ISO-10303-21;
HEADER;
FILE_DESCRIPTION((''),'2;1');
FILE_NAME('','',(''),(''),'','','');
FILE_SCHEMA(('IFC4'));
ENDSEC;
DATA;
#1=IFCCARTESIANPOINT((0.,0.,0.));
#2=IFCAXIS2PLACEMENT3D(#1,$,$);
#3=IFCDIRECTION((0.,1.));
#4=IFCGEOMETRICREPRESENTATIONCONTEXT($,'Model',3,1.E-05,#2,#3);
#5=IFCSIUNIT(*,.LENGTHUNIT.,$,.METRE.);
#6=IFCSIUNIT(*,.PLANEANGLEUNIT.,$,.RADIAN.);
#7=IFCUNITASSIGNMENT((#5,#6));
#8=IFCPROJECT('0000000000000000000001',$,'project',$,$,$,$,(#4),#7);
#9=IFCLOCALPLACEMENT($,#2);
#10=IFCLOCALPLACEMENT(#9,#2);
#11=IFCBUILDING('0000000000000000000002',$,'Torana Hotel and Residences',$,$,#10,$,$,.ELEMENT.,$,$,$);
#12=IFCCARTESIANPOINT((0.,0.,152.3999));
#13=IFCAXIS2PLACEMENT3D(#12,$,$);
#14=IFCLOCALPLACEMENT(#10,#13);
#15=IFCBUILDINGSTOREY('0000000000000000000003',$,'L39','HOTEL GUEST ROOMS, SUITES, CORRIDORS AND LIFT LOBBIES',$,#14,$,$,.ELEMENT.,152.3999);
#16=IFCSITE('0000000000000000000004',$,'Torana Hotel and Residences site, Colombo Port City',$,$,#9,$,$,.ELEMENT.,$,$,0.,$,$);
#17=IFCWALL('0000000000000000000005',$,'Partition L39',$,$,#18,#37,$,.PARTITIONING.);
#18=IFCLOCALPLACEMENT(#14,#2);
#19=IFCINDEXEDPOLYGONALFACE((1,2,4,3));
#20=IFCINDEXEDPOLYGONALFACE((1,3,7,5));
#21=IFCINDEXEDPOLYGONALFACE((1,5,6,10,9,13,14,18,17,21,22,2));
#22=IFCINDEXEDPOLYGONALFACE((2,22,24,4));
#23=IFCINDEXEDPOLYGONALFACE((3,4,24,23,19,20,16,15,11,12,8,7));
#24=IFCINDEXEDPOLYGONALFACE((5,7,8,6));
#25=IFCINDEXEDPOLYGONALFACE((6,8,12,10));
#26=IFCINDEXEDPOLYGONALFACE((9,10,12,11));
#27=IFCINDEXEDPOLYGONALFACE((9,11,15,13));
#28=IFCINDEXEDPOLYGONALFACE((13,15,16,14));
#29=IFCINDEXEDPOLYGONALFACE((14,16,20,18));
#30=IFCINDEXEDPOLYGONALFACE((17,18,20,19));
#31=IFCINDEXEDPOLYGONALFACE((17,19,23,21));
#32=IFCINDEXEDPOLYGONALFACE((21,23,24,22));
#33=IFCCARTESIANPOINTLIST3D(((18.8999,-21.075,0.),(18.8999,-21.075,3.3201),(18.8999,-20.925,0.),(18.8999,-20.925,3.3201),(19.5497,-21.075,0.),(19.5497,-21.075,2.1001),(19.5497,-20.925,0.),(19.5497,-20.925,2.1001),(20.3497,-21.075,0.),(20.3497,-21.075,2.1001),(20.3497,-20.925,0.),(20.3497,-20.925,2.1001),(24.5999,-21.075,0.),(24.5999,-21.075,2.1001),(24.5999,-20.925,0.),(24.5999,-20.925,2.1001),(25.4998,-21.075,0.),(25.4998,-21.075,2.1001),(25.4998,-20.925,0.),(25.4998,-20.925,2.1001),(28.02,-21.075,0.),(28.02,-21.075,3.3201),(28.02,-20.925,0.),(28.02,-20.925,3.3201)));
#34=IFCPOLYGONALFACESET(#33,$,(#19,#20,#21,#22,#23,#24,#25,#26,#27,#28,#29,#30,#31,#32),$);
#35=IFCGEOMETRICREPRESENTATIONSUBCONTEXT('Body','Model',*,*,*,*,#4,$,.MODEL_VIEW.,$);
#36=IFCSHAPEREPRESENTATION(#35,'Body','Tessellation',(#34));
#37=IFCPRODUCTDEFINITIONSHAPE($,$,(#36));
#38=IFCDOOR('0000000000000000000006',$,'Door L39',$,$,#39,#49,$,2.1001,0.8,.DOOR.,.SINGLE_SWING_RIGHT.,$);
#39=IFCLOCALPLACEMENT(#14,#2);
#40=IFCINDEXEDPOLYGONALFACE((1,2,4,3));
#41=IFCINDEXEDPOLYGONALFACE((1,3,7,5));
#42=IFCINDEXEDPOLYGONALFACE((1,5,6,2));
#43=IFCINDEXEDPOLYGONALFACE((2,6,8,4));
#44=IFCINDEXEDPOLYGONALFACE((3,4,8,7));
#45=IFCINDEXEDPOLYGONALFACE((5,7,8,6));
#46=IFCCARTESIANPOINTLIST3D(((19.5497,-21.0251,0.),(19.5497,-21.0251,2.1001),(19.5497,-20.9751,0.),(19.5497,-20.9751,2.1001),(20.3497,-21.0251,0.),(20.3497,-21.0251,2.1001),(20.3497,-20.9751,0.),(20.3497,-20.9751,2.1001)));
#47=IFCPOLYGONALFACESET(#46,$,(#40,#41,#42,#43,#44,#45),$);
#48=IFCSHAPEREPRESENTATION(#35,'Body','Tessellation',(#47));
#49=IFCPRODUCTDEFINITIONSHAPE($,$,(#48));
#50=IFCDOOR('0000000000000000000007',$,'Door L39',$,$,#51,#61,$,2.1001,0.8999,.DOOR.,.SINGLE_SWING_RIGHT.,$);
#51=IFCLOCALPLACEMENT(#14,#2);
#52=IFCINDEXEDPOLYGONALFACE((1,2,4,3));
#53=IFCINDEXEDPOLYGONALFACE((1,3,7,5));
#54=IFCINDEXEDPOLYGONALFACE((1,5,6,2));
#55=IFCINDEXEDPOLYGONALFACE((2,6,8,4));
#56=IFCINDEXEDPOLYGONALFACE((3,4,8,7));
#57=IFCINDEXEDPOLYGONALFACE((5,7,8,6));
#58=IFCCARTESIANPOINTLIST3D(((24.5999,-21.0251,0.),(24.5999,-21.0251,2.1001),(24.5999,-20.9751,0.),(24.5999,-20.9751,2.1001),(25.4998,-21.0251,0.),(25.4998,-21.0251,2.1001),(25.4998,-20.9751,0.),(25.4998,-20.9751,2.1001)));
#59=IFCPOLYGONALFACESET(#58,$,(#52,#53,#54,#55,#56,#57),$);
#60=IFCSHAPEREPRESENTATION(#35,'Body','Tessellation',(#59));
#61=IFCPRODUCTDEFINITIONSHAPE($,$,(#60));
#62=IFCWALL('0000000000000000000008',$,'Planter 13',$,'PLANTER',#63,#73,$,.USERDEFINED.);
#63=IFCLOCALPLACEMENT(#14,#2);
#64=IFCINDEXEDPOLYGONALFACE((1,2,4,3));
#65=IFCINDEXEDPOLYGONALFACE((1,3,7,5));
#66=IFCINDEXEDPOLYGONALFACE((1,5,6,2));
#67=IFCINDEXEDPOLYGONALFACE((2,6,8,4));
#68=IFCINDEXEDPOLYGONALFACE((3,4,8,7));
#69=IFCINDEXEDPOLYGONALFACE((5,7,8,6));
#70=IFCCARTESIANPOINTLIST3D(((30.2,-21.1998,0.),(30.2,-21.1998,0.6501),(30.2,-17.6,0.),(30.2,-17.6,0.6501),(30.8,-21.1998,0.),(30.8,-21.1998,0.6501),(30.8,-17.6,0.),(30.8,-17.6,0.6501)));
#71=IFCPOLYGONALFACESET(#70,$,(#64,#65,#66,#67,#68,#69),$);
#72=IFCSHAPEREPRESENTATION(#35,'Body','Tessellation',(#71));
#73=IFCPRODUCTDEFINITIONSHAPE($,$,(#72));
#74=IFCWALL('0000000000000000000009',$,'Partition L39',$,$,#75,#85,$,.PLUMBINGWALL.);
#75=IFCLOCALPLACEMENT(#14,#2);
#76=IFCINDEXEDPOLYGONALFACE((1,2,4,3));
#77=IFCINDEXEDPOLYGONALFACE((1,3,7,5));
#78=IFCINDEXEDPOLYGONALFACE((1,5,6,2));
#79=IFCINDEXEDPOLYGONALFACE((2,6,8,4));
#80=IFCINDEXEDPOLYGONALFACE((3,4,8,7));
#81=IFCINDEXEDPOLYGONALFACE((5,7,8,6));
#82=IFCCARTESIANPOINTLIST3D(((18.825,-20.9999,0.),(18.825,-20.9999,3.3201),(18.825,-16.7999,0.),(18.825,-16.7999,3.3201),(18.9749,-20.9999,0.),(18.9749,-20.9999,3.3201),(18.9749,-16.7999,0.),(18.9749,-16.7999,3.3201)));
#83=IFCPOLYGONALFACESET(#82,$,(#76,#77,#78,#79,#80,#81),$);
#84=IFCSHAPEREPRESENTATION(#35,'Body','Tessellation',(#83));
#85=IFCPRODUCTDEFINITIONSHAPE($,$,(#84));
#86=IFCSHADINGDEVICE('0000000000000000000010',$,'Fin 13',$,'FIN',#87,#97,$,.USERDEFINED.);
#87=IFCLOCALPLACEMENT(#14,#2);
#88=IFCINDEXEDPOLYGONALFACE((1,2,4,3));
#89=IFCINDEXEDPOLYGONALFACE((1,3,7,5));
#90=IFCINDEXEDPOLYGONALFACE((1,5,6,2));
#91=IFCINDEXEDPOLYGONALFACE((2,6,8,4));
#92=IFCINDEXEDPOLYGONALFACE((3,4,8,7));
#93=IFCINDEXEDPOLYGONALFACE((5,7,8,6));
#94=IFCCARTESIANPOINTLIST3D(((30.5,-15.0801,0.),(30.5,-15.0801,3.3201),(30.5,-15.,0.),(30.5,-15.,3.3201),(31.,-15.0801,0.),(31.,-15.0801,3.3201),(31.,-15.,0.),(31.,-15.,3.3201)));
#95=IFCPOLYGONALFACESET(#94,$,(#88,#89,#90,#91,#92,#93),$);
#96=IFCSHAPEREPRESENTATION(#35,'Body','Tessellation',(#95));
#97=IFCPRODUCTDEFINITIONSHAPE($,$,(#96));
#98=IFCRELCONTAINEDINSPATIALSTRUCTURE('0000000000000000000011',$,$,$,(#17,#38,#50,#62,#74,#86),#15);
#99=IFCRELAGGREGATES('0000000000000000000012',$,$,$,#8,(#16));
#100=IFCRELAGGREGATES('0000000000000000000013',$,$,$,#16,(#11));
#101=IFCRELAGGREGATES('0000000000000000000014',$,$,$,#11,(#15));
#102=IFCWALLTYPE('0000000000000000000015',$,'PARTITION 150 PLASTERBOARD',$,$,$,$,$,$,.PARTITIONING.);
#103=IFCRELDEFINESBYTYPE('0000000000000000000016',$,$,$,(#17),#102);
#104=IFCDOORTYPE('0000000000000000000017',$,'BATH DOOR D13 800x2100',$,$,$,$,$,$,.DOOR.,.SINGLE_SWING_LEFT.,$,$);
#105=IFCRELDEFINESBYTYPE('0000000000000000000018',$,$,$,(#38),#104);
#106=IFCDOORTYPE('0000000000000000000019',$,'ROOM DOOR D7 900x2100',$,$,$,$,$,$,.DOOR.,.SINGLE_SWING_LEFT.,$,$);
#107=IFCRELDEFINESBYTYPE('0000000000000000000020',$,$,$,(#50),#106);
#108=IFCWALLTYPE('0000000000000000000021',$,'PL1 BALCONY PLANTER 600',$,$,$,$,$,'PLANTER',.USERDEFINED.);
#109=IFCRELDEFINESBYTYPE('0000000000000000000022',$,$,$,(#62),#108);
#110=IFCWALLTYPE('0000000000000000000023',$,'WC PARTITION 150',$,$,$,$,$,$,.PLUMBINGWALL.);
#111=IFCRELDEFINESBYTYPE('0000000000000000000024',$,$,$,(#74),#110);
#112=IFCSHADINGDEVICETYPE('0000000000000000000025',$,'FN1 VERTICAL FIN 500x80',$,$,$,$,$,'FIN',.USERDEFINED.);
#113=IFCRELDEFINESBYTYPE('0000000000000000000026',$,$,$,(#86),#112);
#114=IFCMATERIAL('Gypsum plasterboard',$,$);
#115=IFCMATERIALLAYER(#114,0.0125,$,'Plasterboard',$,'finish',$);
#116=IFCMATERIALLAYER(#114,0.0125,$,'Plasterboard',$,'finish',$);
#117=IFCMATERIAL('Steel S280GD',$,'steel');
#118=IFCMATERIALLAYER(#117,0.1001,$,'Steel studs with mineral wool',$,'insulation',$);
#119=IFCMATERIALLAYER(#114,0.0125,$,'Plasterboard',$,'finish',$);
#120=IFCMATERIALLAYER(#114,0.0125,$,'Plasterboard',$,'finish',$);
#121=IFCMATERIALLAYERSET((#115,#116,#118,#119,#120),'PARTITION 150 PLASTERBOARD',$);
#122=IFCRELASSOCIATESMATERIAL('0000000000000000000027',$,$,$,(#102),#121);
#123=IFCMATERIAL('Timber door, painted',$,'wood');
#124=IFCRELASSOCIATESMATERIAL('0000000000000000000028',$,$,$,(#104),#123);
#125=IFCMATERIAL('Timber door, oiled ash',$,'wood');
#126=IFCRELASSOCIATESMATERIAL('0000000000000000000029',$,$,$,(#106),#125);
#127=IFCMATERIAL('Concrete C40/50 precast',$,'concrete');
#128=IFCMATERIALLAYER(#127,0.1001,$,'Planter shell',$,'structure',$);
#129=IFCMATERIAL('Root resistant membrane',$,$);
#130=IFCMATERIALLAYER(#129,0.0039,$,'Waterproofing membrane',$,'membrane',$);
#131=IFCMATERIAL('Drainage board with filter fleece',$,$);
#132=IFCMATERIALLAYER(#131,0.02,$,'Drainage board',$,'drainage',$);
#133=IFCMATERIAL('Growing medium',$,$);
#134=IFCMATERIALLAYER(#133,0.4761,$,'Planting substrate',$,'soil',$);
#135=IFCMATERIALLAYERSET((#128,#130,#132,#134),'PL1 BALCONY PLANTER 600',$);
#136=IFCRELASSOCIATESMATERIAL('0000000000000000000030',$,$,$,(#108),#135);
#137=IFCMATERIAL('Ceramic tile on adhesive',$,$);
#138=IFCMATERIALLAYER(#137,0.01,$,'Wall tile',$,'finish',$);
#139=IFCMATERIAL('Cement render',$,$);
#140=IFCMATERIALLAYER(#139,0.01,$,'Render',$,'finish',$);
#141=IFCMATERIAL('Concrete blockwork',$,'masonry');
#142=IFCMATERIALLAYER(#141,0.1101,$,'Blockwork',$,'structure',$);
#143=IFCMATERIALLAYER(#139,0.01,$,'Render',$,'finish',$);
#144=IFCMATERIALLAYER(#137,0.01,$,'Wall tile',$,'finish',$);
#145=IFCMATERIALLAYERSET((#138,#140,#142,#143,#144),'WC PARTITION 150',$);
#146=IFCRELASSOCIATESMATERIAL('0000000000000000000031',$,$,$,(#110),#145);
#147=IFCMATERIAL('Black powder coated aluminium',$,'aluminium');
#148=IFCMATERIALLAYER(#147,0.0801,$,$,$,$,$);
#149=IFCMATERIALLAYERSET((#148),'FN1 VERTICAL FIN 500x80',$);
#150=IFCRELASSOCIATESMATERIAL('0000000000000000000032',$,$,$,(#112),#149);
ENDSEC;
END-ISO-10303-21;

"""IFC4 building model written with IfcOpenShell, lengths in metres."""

from ifc_helpers import new_model, si_unit, direction, frame, frame_2d, origin, origin_2d, place, context, subcontext, project, spatial, rectangle, extrude, material, layer, layer_set, type_object, element, fill, save


model = new_model("IFC4")

# Units and contexts
model_context = context("Model", 3, precision=1e-05, world=origin(), true_north=direction((0.0, 1.0)))
body_context = subcontext(model_context, "Body", "Model", "MODEL_VIEW")
ifc_project = project(units=[si_unit("LENGTHUNIT", "METRE"), si_unit("PLANEANGLEUNIT", "RADIAN")], contexts=[model_context])

# Site, building, storey
site_placement = place(None, origin())
site = spatial("IfcSite", under=ifc_project, at=site_placement, Name="Torana Hotel and Residences site, Colombo Port City", CompositionType="ELEMENT", RefElevation=0.0)
building_placement = place(site_placement, origin())
building = spatial("IfcBuilding", under=site, at=building_placement, Name="Torana Hotel and Residences", CompositionType="ELEMENT")
storey_placement = place(building_placement, frame((0.0, 0.0, 152.3999)))
storey = spatial("IfcBuildingStorey", under=building, at=storey_placement, Name="L39", Description="HOTEL GUEST ROOMS, SUITES, CORRIDORS AND LIFT LOBBIES", CompositionType="ELEMENT", Elevation=152.3999)

# Shared definitions
ifc_material_1 = material(Name="Concrete blockwork", Category="masonry")

# Shared definitions
ifc_material_2 = material(Name="Gypsum plasterboard")
ifc_layer_1 = layer(ifc_material_2, 0.0125, Name="Plasterboard", Category="finish")
ifc_layer_2 = layer(ifc_material_2, 0.0125, Name="Plasterboard", Category="finish")
ifc_material_3 = material(Name="Steel S280GD", Category="steel")
ifc_layer_3 = layer(ifc_material_3, 0.1001, Name="Steel studs with mineral wool", Category="insulation")
ifc_layer_4 = layer(ifc_material_2, 0.0125, Name="Plasterboard", Category="finish")
ifc_layer_5 = layer(ifc_material_2, 0.0125, Name="Plasterboard", Category="finish")
ifc_layer_set_1 = layer_set([ifc_layer_1, ifc_layer_2, ifc_layer_3, ifc_layer_4, ifc_layer_5], Name="PARTITION 150 PLASTERBOARD")
wall_type_1 = type_object("IfcWallType", Name="PARTITION 150 PLASTERBOARD", PredefinedType="PARTITIONING", material=ifc_layer_set_1)

# Wall, openings, doors
wall_1_placement = place(storey_placement, frame((18.8999, -21.0, 0.0), z_axis=(0.0, 0.0, 1.0), x_axis=(1.0, 0.0, 0.0)))
wall_1 = element("IfcWall", 1, at=wall_1_placement, inside=storey, type_object=wall_type_1, Name="Partition L39", PredefinedType="PARTITIONING", context=body_context, shape_type="SweptSolid", body=[
    extrude(rectangle(XDim=9.1201, YDim=0.1499, at=frame_2d((4.5601, 0.0))), origin(), (0.0, 0.0, 1.0), 3.3201),
])
opening_1_placement = place(wall_1_placement, frame((0.6499, 0.0, 0.0)))
opening_1 = element("IfcOpeningElement", 2, at=opening_1_placement, cuts=wall_1, PredefinedType="OPENING", context=body_context, shape_type="SweptSolid", body=[
    extrude(rectangle(XDim=0.8, YDim=2.1001, at=frame_2d((0.3999, 1.05))), frame((0.0, 0.085, 0.0), z_axis=(0.0, -1.0, 0.0), x_axis=(1.0, 0.0, 0.0)), (0.0, 0.0, 1.0), 0.1699),
])
opening_2_placement = place(wall_1_placement, frame((5.7, 0.0, 0.0)))
opening_2 = element("IfcOpeningElement", 3, at=opening_2_placement, cuts=wall_1, PredefinedType="OPENING", context=body_context, shape_type="SweptSolid", body=[
    extrude(rectangle(XDim=0.8999, YDim=2.1001, at=frame_2d((0.45, 1.05))), frame((0.0, 0.085, 0.0), z_axis=(0.0, -1.0, 0.0), x_axis=(1.0, 0.0, 0.0)), (0.0, 0.0, 1.0), 0.1699),
])
ifc_material_4 = material(Name="Timber door, painted", Category="wood")
door_type_1 = type_object("IfcDoorType", Name="BATH DOOR D13 800x2100", OperationType="SINGLE_SWING_LEFT", PredefinedType="DOOR", material=ifc_material_4)
door_1_placement = place(opening_1_placement, origin())
door_1 = element("IfcDoor", 4, at=door_1_placement, inside=storey, type_object=door_type_1, Name="Door L39", OperationType="SINGLE_SWING_RIGHT", OverallHeight=2.1001, OverallWidth=0.8, PredefinedType="DOOR", context=body_context, shape_type="SweptSolid", body=[
    extrude(rectangle(XDim=0.8, YDim=2.1001, at=frame_2d((0.3999, 1.05))), frame((0.0, 0.0249, 0.0), z_axis=(0.0, -1.0, 0.0), x_axis=(1.0, 0.0, 0.0)), (0.0, 0.0, 1.0), 0.05),
])
fill(opening_1, door_1)
ifc_material_5 = material(Name="Timber door, oiled ash", Category="wood")
door_type_2 = type_object("IfcDoorType", Name="ROOM DOOR D7 900x2100", OperationType="SINGLE_SWING_LEFT", PredefinedType="DOOR", material=ifc_material_5)
door_2_placement = place(opening_2_placement, origin())
door_2 = element("IfcDoor", 5, at=door_2_placement, inside=storey, type_object=door_type_2, Name="Door L39", OperationType="SINGLE_SWING_RIGHT", OverallHeight=2.1001, OverallWidth=0.8999, PredefinedType="DOOR", context=body_context, shape_type="SweptSolid", body=[
    extrude(rectangle(XDim=0.8999, YDim=2.1001, at=frame_2d((0.45, 1.05))), frame((0.0, 0.0249, 0.0), z_axis=(0.0, -1.0, 0.0), x_axis=(1.0, 0.0, 0.0)), (0.0, 0.0, 1.0), 0.05),
])
fill(opening_2, door_2)

# Walls
ifc_material_6 = material(Name="Concrete C40/50 precast", Category="concrete")
ifc_layer_6 = layer(ifc_material_6, 0.1001, Name="Planter shell", Category="structure")
ifc_material_7 = material(Name="Root resistant membrane")
ifc_layer_7 = layer(ifc_material_7, 0.0039, Name="Waterproofing membrane", Category="membrane")
ifc_material_8 = material(Name="Drainage board with filter fleece")
ifc_layer_8 = layer(ifc_material_8, 0.02, Name="Drainage board", Category="drainage")
ifc_material_9 = material(Name="Growing medium")
ifc_layer_9 = layer(ifc_material_9, 0.4761, Name="Planting substrate", Category="soil")
ifc_layer_set_2 = layer_set([ifc_layer_6, ifc_layer_7, ifc_layer_8, ifc_layer_9], Name="PL1 BALCONY PLANTER 600")
wall_type_2 = type_object("IfcWallType", Name="PL1 BALCONY PLANTER 600", ElementType="PLANTER", PredefinedType="USERDEFINED", material=ifc_layer_set_2)
wall_2_placement = place(storey_placement, frame((30.5, -17.6001, 0.0), z_axis=(0.0, 0.0, 1.0), x_axis=(0.0, -1.0, 0.0)))
element("IfcWall", 6, at=wall_2_placement, inside=storey, type_object=wall_type_2, Name="Planter 13", ObjectType="PLANTER", PredefinedType="USERDEFINED", context=body_context, shape_type="SweptSolid", body=[
    extrude(rectangle(XDim=3.5999, YDim=0.6001, at=frame_2d((1.7998, 0.0))), origin(), (0.0, 0.0, 1.0), 0.6501),
])
ifc_material_10 = material(Name="Ceramic tile on adhesive")
ifc_layer_10 = layer(ifc_material_10, 0.01, Name="Wall tile", Category="finish")
ifc_material_11 = material(Name="Cement render")
ifc_layer_11 = layer(ifc_material_11, 0.01, Name="Render", Category="finish")
ifc_layer_12 = layer(ifc_material_1, 0.1101, Name="Blockwork", Category="structure")
ifc_layer_13 = layer(ifc_material_11, 0.01, Name="Render", Category="finish")
ifc_layer_14 = layer(ifc_material_10, 0.01, Name="Wall tile", Category="finish")
ifc_layer_set_3 = layer_set([ifc_layer_10, ifc_layer_11, ifc_layer_12, ifc_layer_13, ifc_layer_14], Name="WC PARTITION 150")
wall_type_3 = type_object("IfcWallType", Name="WC PARTITION 150", PredefinedType="PLUMBINGWALL", material=ifc_layer_set_3)
wall_3_placement = place(storey_placement, frame((18.8999, -21.0, 0.0), z_axis=(0.0, 0.0, 1.0), x_axis=(0.0, 1.0, 0.0)))
element("IfcWall", 7, at=wall_3_placement, inside=storey, type_object=wall_type_3, Name="Partition L39", PredefinedType="PLUMBINGWALL", context=body_context, shape_type="SweptSolid", body=[
    extrude(rectangle(XDim=4.2, YDim=0.1499, at=frame_2d((2.1001, 0.0))), origin(), (0.0, 0.0, 1.0), 3.3201),
])

# Shading device
ifc_material_12 = material(Name="Black powder coated aluminium", Category="aluminium")
ifc_layer_15 = layer(ifc_material_12, 0.0801)
ifc_layer_set_4 = layer_set([ifc_layer_15], Name="FN1 VERTICAL FIN 500x80")
shading_device_type = type_object("IfcShadingDeviceType", Name="FN1 VERTICAL FIN 500x80", ElementType="FIN", PredefinedType="USERDEFINED", material=ifc_layer_set_4)
shading_device_placement = place(storey_placement, frame((30.75, -15.04, 0.0), z_axis=(0.0, 0.0, 1.0), x_axis=(0.0, -1.0, 0.0)))
element("IfcShadingDevice", 8, at=shading_device_placement, inside=storey, type_object=shading_device_type, Name="Fin 13", ObjectType="FIN", PredefinedType="USERDEFINED", context=body_context, shape_type="SweptSolid", body=[
    extrude(rectangle(XDim=0.0801, YDim=0.5, at=origin_2d()), origin(), (0.0, 0.0, 1.0), 3.3201),
])

save(model, "model.ifc")
